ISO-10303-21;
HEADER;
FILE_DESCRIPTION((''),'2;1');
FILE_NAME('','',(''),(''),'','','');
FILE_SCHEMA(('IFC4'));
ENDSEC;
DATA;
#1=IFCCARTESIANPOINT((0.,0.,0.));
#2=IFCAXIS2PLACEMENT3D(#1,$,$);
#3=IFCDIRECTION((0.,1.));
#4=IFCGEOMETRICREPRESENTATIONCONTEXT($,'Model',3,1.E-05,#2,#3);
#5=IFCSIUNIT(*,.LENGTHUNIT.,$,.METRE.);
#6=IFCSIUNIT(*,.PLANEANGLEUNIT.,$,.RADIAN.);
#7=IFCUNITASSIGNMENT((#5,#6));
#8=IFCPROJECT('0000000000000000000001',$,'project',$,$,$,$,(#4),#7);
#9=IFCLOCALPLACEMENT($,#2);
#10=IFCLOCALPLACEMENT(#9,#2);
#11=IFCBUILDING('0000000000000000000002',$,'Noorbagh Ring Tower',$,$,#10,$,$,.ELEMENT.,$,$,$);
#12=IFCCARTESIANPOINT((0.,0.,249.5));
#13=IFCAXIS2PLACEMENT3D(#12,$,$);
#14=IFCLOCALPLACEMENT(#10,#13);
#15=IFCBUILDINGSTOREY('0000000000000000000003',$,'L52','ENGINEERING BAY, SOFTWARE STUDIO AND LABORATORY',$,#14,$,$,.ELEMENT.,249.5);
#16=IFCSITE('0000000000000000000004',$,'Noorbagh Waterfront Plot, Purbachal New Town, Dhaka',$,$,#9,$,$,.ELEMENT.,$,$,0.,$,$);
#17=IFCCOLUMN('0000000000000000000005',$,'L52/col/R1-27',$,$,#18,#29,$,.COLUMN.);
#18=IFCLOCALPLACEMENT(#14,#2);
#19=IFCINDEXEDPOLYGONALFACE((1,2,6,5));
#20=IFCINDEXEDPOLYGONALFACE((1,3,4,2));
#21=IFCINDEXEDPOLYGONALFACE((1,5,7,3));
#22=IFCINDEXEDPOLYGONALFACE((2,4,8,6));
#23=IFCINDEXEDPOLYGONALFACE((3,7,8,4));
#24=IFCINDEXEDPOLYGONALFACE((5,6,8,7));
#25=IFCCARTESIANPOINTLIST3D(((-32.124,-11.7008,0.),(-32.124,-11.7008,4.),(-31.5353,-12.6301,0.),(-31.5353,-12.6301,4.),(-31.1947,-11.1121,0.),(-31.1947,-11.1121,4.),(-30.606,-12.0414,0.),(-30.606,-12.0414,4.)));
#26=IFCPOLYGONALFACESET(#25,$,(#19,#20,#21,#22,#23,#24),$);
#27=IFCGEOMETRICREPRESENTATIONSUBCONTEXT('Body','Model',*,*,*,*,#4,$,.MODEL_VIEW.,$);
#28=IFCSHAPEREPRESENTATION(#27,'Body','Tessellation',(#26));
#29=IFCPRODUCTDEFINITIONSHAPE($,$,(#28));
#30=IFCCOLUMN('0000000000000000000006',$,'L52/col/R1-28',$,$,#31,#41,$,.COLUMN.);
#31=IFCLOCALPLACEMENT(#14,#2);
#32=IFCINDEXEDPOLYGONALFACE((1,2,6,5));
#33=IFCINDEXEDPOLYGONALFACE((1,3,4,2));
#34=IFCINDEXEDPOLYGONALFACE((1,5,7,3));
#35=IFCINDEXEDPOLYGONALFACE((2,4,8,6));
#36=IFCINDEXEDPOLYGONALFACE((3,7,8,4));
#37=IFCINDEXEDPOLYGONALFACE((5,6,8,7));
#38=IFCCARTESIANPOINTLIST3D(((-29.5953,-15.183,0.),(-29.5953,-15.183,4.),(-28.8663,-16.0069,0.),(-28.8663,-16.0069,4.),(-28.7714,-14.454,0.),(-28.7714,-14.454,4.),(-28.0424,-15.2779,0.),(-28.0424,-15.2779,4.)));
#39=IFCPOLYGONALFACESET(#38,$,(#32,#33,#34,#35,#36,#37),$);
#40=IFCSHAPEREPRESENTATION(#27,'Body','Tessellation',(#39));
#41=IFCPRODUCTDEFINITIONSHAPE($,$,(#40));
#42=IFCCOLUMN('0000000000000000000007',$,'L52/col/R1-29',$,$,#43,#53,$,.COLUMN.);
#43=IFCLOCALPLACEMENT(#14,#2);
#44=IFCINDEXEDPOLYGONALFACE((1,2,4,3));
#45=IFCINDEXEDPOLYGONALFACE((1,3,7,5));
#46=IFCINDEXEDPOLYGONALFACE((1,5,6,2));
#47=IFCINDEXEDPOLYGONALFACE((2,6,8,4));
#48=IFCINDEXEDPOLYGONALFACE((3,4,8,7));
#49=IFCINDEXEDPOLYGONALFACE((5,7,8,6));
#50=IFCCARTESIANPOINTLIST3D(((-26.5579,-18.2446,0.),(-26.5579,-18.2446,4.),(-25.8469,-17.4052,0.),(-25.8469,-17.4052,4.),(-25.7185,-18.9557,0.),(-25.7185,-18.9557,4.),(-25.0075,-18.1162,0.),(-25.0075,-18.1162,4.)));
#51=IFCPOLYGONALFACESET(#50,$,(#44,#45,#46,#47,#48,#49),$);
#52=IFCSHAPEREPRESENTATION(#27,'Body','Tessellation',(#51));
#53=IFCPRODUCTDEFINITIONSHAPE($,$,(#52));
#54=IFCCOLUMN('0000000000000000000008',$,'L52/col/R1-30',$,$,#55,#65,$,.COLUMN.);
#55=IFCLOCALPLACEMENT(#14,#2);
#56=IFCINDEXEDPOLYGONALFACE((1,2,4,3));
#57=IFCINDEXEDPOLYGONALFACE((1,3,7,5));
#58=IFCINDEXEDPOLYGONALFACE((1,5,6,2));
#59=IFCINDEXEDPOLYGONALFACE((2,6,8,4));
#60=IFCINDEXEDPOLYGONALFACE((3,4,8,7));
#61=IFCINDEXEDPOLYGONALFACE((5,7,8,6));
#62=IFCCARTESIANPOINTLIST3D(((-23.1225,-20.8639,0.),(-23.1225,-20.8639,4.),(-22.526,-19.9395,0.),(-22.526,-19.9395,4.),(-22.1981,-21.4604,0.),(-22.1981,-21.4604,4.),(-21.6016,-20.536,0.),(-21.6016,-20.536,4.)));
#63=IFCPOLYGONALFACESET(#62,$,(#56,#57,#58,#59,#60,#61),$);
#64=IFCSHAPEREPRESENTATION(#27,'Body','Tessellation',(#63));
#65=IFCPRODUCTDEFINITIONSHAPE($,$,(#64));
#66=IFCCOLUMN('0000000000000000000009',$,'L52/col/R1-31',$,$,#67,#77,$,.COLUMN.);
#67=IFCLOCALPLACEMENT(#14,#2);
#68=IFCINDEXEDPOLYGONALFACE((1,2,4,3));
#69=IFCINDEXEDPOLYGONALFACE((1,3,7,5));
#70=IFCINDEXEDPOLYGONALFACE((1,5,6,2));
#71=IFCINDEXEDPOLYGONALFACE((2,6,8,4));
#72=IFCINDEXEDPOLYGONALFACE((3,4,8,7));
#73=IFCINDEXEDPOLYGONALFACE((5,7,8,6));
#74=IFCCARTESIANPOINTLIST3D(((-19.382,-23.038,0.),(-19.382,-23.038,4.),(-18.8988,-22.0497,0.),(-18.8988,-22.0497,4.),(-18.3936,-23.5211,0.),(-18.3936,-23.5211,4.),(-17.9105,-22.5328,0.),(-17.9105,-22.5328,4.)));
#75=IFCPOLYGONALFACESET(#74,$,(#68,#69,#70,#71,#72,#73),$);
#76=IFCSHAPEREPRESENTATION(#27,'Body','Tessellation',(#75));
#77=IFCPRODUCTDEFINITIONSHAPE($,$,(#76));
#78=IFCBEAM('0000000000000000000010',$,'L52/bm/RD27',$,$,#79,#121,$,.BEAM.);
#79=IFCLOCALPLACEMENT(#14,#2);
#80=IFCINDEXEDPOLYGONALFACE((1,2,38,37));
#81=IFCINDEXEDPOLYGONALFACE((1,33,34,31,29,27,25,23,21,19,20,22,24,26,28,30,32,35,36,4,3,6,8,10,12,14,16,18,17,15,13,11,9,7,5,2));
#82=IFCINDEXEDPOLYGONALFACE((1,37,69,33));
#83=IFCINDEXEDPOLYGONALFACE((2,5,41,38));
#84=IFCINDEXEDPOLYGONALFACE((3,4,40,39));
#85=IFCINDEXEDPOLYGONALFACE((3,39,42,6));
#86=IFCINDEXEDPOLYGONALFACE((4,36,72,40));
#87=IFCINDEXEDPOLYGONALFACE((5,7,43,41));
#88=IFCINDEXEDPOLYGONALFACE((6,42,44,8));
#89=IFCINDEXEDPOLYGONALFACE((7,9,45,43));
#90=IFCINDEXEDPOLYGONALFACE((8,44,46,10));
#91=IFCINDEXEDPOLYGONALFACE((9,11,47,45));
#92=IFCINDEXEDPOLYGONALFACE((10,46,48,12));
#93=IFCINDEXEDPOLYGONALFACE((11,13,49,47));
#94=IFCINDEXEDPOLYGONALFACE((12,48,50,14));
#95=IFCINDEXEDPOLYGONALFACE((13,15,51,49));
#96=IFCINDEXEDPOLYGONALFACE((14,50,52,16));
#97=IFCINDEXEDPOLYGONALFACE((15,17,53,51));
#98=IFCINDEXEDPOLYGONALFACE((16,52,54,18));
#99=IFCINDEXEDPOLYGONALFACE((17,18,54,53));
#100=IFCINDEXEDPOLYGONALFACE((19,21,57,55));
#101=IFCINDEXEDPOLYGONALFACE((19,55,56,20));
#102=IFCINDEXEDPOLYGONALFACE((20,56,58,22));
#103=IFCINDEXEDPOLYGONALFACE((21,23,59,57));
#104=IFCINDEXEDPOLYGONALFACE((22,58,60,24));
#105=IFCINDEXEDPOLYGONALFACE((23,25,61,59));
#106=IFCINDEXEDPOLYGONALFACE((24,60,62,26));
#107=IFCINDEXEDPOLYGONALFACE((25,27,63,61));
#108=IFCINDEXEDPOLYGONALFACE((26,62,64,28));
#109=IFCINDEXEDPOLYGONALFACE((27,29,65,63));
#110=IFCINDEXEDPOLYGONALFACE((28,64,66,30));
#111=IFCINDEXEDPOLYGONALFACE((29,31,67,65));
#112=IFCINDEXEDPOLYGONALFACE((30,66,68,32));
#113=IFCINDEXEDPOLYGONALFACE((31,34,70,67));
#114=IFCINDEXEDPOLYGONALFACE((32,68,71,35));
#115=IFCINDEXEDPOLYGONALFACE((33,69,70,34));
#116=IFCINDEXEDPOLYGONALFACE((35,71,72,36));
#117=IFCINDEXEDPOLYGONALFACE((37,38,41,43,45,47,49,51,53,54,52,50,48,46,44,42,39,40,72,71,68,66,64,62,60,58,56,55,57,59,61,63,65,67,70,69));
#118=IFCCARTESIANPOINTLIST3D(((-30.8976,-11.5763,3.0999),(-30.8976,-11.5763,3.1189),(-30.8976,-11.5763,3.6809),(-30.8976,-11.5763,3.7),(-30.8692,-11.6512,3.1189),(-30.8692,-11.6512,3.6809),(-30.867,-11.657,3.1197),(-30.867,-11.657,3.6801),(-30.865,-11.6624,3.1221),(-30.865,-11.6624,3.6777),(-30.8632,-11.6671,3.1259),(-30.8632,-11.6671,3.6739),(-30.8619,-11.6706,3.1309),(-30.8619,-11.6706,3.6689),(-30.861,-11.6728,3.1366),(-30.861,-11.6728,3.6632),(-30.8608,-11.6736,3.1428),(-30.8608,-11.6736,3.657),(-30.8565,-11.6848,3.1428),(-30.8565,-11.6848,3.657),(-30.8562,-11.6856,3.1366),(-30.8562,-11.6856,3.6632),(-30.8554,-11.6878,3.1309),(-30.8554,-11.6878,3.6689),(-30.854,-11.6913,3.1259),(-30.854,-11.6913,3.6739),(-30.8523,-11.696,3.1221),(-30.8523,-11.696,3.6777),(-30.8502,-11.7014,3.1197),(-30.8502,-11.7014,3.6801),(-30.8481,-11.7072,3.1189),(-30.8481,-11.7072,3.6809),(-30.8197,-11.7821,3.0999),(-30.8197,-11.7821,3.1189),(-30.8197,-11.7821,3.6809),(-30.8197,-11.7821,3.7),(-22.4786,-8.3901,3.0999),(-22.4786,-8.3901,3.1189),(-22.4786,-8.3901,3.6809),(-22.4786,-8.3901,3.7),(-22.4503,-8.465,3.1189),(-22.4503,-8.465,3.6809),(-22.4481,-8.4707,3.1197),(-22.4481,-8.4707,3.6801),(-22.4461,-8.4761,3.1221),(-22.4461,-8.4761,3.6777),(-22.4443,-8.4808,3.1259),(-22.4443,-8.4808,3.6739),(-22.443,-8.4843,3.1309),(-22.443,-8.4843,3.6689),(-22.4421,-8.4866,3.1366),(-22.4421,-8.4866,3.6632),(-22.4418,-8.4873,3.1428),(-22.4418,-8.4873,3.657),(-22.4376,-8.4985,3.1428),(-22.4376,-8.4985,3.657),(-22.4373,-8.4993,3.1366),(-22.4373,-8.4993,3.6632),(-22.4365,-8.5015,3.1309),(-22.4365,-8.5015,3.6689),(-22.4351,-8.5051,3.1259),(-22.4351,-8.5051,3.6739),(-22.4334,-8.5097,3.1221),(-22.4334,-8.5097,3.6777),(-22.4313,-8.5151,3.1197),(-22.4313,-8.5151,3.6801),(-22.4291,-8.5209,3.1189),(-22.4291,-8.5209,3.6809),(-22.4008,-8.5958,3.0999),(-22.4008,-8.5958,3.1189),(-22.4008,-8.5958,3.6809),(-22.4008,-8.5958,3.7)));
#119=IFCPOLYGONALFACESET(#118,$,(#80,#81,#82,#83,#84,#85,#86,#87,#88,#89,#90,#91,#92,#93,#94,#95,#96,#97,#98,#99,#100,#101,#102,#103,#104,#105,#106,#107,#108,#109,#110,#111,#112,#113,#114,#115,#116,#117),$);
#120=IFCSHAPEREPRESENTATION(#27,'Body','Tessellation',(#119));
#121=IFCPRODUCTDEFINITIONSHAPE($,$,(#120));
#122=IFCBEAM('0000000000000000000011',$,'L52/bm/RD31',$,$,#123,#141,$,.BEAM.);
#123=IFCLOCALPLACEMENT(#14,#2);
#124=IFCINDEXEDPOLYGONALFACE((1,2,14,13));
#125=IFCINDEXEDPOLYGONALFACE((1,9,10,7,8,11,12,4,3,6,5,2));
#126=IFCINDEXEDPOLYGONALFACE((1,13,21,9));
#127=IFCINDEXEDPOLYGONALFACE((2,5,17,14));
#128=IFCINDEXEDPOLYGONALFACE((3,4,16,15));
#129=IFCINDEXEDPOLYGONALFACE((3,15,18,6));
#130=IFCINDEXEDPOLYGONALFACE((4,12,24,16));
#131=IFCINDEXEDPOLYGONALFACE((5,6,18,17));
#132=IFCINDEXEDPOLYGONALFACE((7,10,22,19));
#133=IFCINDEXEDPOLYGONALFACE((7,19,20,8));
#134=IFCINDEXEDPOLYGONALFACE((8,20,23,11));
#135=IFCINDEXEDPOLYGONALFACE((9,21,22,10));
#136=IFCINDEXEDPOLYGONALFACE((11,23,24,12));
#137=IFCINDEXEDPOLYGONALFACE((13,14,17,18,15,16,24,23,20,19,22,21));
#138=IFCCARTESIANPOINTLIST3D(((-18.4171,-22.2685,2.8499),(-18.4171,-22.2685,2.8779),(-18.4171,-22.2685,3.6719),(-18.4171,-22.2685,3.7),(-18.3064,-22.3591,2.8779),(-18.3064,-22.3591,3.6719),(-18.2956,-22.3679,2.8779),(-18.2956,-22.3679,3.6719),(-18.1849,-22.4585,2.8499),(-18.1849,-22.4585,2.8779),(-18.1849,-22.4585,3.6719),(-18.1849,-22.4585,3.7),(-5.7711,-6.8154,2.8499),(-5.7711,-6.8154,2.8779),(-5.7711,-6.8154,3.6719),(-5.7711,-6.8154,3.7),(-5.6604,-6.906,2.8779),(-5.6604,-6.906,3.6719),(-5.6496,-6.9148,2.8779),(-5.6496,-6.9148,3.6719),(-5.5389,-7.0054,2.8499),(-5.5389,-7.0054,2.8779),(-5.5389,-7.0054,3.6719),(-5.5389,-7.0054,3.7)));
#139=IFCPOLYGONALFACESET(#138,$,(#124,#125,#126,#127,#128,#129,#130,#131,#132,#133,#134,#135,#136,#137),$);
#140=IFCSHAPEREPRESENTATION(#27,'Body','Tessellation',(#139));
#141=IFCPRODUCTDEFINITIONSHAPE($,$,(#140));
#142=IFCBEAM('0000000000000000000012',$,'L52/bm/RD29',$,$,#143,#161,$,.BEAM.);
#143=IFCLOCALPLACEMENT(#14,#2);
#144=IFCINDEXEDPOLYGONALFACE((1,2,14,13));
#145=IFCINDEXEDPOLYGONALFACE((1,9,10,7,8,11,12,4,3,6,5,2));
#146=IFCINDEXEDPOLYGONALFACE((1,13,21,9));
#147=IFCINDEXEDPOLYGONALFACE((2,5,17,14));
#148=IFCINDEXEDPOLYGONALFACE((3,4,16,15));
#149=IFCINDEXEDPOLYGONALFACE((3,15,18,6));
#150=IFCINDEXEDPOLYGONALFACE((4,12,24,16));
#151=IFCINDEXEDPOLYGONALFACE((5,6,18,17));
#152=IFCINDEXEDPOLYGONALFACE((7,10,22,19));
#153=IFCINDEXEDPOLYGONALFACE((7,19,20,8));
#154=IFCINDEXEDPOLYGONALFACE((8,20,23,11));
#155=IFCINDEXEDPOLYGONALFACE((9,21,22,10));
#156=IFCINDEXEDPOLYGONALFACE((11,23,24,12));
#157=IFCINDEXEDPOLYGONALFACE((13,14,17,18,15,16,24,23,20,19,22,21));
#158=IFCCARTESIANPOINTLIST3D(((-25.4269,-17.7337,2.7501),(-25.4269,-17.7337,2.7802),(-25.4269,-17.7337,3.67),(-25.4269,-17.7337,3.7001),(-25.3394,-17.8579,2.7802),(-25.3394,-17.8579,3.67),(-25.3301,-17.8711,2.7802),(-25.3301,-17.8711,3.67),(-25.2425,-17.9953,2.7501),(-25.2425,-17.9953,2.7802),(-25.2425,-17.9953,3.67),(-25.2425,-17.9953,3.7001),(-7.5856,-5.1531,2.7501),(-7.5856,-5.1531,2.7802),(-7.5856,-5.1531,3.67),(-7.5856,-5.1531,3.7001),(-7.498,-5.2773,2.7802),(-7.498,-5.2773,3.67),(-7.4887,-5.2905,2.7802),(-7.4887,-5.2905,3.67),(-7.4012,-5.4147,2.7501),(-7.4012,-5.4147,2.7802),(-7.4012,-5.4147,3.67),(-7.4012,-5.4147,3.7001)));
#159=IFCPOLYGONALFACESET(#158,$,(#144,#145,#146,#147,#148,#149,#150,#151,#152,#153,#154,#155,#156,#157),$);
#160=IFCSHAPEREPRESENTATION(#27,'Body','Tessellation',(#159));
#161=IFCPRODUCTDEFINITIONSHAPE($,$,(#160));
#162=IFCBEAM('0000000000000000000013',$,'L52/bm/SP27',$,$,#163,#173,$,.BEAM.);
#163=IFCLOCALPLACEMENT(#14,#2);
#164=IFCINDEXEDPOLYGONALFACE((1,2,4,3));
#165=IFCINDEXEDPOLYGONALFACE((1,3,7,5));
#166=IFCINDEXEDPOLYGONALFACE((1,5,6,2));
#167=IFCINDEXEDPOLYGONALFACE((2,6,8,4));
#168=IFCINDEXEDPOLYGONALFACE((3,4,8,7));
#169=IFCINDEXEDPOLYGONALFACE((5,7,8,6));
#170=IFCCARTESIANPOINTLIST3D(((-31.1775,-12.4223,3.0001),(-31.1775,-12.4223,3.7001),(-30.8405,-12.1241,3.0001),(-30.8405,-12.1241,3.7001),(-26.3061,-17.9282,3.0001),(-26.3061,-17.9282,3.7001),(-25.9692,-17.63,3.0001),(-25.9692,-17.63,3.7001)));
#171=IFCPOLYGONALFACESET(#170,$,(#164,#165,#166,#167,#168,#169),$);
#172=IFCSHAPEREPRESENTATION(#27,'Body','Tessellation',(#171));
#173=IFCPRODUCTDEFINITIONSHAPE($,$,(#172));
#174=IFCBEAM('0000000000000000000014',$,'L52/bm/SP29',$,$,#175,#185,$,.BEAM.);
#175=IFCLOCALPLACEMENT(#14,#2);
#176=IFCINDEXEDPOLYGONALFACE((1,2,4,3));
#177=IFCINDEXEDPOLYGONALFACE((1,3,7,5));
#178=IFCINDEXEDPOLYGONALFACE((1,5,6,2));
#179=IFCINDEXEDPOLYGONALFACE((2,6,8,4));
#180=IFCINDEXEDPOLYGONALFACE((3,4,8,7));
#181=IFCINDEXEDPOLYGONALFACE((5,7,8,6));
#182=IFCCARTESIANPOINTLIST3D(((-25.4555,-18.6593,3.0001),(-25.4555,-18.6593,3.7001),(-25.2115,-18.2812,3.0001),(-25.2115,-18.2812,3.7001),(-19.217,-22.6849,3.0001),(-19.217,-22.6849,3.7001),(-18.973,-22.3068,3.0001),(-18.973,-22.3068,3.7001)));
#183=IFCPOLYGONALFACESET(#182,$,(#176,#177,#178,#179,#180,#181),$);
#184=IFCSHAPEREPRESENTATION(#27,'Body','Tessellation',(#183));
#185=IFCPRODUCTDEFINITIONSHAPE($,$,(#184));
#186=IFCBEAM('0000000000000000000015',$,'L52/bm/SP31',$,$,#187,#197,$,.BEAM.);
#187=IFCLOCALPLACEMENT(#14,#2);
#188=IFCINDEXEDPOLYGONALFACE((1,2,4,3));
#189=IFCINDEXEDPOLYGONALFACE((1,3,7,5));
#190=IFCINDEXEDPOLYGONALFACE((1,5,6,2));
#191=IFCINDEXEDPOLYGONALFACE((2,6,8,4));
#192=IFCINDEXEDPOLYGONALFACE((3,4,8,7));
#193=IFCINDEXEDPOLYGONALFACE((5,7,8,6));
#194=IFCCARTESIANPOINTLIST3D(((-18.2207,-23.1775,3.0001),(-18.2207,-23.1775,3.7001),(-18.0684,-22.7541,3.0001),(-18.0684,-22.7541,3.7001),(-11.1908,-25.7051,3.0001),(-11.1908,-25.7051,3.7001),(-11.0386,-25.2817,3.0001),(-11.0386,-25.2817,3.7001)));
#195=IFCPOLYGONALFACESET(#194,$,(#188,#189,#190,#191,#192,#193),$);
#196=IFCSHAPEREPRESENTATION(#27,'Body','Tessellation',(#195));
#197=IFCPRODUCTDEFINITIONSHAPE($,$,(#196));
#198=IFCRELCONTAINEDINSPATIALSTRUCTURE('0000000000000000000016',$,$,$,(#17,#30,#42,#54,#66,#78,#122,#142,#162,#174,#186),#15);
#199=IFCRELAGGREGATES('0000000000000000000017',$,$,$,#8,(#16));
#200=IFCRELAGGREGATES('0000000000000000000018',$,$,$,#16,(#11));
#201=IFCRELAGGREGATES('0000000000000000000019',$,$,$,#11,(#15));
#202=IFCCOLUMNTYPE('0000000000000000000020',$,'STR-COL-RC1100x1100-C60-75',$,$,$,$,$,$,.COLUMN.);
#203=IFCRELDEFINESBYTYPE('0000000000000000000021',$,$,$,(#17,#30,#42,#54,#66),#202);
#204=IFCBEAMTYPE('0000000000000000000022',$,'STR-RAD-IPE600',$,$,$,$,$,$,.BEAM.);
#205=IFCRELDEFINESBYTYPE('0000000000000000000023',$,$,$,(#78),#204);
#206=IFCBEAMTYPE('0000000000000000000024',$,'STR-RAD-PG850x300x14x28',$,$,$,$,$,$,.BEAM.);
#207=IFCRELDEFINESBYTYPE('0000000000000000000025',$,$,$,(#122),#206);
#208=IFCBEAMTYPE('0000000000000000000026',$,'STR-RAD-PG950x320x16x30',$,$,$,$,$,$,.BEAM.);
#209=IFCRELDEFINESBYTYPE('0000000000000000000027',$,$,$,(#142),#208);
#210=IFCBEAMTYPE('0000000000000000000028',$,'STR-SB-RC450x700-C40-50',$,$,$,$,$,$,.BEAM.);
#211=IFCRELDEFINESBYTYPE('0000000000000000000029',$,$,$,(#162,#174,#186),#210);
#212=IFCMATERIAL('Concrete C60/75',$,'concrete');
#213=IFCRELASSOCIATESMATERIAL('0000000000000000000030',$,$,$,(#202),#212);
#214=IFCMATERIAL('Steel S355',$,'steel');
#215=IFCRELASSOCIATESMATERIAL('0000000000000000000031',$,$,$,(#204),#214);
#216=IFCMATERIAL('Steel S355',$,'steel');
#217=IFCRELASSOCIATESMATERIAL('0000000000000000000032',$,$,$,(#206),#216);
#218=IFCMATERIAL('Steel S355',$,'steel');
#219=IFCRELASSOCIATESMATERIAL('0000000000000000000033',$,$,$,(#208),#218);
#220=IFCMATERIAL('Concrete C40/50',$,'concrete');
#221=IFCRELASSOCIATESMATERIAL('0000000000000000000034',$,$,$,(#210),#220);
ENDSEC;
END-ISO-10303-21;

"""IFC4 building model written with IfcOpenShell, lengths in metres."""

from ifc_helpers import new_model, si_unit, direction, frame, origin, origin_2d, place, context, subcontext, project, spatial, rectangle, i_section, extrude, material, material_profile, profile_set, type_object, element, save


model = new_model("IFC4")

# Units and contexts
model_context = context("Model", 3, precision=1e-05, world=origin(), true_north=direction((0.0, 1.0)))
body_context = subcontext(model_context, "Body", "Model", "MODEL_VIEW")
ifc_project = project(units=[si_unit("LENGTHUNIT", "METRE"), si_unit("PLANEANGLEUNIT", "RADIAN")], contexts=[model_context])

# Site, building, storey
site_placement = place(None, origin())
site = spatial("IfcSite", under=ifc_project, at=site_placement, Name="Noorbagh Waterfront Plot, Purbachal New Town, Dhaka", CompositionType="ELEMENT", RefElevation=0.0)
building_placement = place(site_placement, origin())
building = spatial("IfcBuilding", under=site, at=building_placement, Name="Noorbagh Ring Tower", CompositionType="ELEMENT")
storey_placement = place(building_placement, frame((0.0, 0.0, 249.5)))
storey = spatial("IfcBuildingStorey", under=building, at=storey_placement, Name="L52", Description="ENGINEERING BAY, SOFTWARE STUDIO AND LABORATORY", CompositionType="ELEMENT", Elevation=249.5)

# Columns
ifc_material_1 = material(Name="Concrete C60/75", Category="concrete")
ifc_material_profile_1 = material_profile(ifc_material_1, rectangle(XDim=1.1001, YDim=1.1001, at=origin_2d()), Name="RC1100x1100")
ifc_profile_set_1 = profile_set([ifc_material_profile_1], Name="Concrete C60/75")
column_type = type_object("IfcColumnType", Name="STR-COL-RC1100x1100-C60-75", PredefinedType="COLUMN", material=ifc_profile_set_1)
for number, where, z_axis, x_axis, name in (
    (1, (-31.365, -11.8711, 0.0), (0.0, 0.0, 1.0), (0.53519, -0.844731, 0.0), "L52/col/R1-27"),
    (2, (-28.8188, -15.2305, 0.0), (0.0, 0.0, 1.0), (0.662636, -0.748942, 0.0), "L52/col/R1-28"),
    (3, (-25.7827, -18.1804, 0.0), (0.0, 0.0, 1.0), (0.763035, -0.646357, 0.0), "L52/col/R1-29"),
    (4, (-22.3621, -20.7, 0.0), (0.0, 0.0, 1.0), (0.840248, -0.542203, 0.0), "L52/col/R1-30"),
    (5, (-18.6462, -22.7854, 0.0), (0.0, 0.0, 1.0), (0.898399, -0.43918, 0.0), "L52/col/R1-31"),
):
    element("IfcColumn", number, at=place(storey_placement, frame(where, z_axis=z_axis, x_axis=x_axis)), inside=storey, type_object=column_type, Name=name, PredefinedType="COLUMN", context=body_context, shape_type="SweptSolid", body=[
        extrude(rectangle(XDim=1.1001, YDim=1.1001, at=origin_2d()), origin(), (0.0, 0.0, 1.0), 4.0),
    ])

# Beams
ifc_material_2 = material(Name="Steel S355", Category="steel")
ifc_material_profile_2 = material_profile(ifc_material_2, i_section(OverallWidth=0.22, OverallDepth=0.6001, WebThickness=0.012, FlangeThickness=0.019, FilletRadius=0.0239, at=origin_2d()), Name="IPE600")
ifc_profile_set_2 = profile_set([ifc_material_profile_2], Name="Steel S355")
beam_type_1 = type_object("IfcBeamType", Name="STR-RAD-IPE600", PredefinedType="BEAM", material=ifc_profile_set_2)
beam_1_placement = place(storey_placement, frame((-30.8586, -11.6792, 3.3999), z_axis=(0.935259, 0.353963, 0.0), x_axis=(-0.353963, 0.935259, 0.0)))
element("IfcBeam", 6, at=beam_1_placement, inside=storey, type_object=beam_type_1, Name="L52/bm/RD27", PredefinedType="BEAM", context=body_context, shape_type="SweptSolid", body=[
    extrude(i_section(OverallWidth=0.22, OverallDepth=0.6001, WebThickness=0.012, FlangeThickness=0.019, FilletRadius=0.0239, at=origin_2d()), origin(), (0.0, 0.0, 1.0), 9.0017),
])
ifc_material_3 = material(Name="Steel S355", Category="steel")
ifc_material_profile_3 = material_profile(ifc_material_3, i_section(OverallWidth=0.3, OverallDepth=0.8501, WebThickness=0.0139, FlangeThickness=0.0281, at=origin_2d()), Name="PG850x300x14x28")
ifc_profile_set_3 = profile_set([ifc_material_profile_3], Name="Steel S355")
beam_type_2 = type_object("IfcBeamType", Name="STR-RAD-PG850x300x14x28", PredefinedType="BEAM", material=ifc_profile_set_3)
beam_2_placement = place(storey_placement, frame((-18.301, -22.3635, 3.2749), z_axis=(0.633314, 0.773895, 0.0), x_axis=(-0.773895, 0.633314, 0.0)))
element("IfcBeam", 7, at=beam_2_placement, inside=storey, type_object=beam_type_2, Name="L52/bm/RD31", PredefinedType="BEAM", context=body_context, shape_type="SweptSolid", body=[
    extrude(i_section(OverallWidth=0.3, OverallDepth=0.8501, WebThickness=0.0139, FlangeThickness=0.0281, at=origin_2d()), origin(), (0.0, 0.0, 1.0), 19.968),
])
ifc_material_4 = material(Name="Steel S355", Category="steel")
ifc_material_profile_4 = material_profile(ifc_material_4, i_section(OverallWidth=0.3201, OverallDepth=0.95, WebThickness=0.0161, FlangeThickness=0.03, at=origin_2d()), Name="PG950x320x16x30")
ifc_profile_set_4 = profile_set([ifc_material_profile_4], Name="Steel S355")
beam_type_3 = type_object("IfcBeamType", Name="STR-RAD-PG950x320x16x30", PredefinedType="BEAM", material=ifc_profile_set_4)
beam_3_placement = place(storey_placement, frame((-25.3347, -17.8645, 3.2251), z_axis=(0.817255, 0.576277, 0.0), x_axis=(-0.576277, 0.817255, 0.0)))
element("IfcBeam", 8, at=beam_3_placement, inside=storey, type_object=beam_type_3, Name="L52/bm/RD29", PredefinedType="BEAM", context=body_context, shape_type="SweptSolid", body=[
    extrude(i_section(OverallWidth=0.3201, OverallDepth=0.95, WebThickness=0.0161, FlangeThickness=0.03, at=origin_2d()), origin(), (0.0, 0.0, 1.0), 21.8308),
])
ifc_material_5 = material(Name="Concrete C40/50", Category="concrete")
ifc_material_profile_5 = material_profile(ifc_material_5, rectangle(XDim=0.45, YDim=0.7, at=origin_2d()), Name="RC450x700")
ifc_profile_set_5 = profile_set([ifc_material_profile_5], Name="Concrete C40/50")
beam_type_4 = type_object("IfcBeamType", Name="STR-SB-RC450x700-C40-50", PredefinedType="BEAM", material=ifc_profile_set_5)
beam_4_placement = place(storey_placement, frame((-31.009, -12.2732, 3.3501), z_axis=(0.662633, -0.748945, 0.0), x_axis=(0.748945, 0.662633, 0.0)))
element("IfcBeam", 9, at=beam_4_placement, inside=storey, type_object=beam_type_4, Name="L52/bm/SP27", PredefinedType="BEAM", context=body_context, shape_type="SweptSolid", body=[
    extrude(rectangle(XDim=0.45, YDim=0.7, at=origin_2d()), origin(), (0.0, 0.0, 1.0), 7.3516),
])
beam_5_placement = place(storey_placement, frame((-25.3335, -18.4702, 3.3501), z_axis=(0.840249, -0.542201, 0.0), x_axis=(0.542201, 0.840249, 0.0)))
element("IfcBeam", 10, at=beam_5_placement, inside=storey, type_object=beam_type_4, Name="L52/bm/SP29", PredefinedType="BEAM", context=body_context, shape_type="SweptSolid", body=[
    extrude(rectangle(XDim=0.45, YDim=0.7, at=origin_2d()), origin(), (0.0, 0.0, 1.0), 7.4246),
])
beam_6_placement = place(storey_placement, frame((-18.1445, -22.9658, 3.3501), z_axis=(0.941021, -0.338348, 0.0), x_axis=(0.338348, 0.941021, 0.0)))
element("IfcBeam", 11, at=beam_6_placement, inside=storey, type_object=beam_type_4, Name="L52/bm/SP31", PredefinedType="BEAM", context=body_context, shape_type="SweptSolid", body=[
    extrude(rectangle(XDim=0.45, YDim=0.7, at=origin_2d()), origin(), (0.0, 0.0, 1.0), 7.4705),
])

save(model, "model.ifc")
